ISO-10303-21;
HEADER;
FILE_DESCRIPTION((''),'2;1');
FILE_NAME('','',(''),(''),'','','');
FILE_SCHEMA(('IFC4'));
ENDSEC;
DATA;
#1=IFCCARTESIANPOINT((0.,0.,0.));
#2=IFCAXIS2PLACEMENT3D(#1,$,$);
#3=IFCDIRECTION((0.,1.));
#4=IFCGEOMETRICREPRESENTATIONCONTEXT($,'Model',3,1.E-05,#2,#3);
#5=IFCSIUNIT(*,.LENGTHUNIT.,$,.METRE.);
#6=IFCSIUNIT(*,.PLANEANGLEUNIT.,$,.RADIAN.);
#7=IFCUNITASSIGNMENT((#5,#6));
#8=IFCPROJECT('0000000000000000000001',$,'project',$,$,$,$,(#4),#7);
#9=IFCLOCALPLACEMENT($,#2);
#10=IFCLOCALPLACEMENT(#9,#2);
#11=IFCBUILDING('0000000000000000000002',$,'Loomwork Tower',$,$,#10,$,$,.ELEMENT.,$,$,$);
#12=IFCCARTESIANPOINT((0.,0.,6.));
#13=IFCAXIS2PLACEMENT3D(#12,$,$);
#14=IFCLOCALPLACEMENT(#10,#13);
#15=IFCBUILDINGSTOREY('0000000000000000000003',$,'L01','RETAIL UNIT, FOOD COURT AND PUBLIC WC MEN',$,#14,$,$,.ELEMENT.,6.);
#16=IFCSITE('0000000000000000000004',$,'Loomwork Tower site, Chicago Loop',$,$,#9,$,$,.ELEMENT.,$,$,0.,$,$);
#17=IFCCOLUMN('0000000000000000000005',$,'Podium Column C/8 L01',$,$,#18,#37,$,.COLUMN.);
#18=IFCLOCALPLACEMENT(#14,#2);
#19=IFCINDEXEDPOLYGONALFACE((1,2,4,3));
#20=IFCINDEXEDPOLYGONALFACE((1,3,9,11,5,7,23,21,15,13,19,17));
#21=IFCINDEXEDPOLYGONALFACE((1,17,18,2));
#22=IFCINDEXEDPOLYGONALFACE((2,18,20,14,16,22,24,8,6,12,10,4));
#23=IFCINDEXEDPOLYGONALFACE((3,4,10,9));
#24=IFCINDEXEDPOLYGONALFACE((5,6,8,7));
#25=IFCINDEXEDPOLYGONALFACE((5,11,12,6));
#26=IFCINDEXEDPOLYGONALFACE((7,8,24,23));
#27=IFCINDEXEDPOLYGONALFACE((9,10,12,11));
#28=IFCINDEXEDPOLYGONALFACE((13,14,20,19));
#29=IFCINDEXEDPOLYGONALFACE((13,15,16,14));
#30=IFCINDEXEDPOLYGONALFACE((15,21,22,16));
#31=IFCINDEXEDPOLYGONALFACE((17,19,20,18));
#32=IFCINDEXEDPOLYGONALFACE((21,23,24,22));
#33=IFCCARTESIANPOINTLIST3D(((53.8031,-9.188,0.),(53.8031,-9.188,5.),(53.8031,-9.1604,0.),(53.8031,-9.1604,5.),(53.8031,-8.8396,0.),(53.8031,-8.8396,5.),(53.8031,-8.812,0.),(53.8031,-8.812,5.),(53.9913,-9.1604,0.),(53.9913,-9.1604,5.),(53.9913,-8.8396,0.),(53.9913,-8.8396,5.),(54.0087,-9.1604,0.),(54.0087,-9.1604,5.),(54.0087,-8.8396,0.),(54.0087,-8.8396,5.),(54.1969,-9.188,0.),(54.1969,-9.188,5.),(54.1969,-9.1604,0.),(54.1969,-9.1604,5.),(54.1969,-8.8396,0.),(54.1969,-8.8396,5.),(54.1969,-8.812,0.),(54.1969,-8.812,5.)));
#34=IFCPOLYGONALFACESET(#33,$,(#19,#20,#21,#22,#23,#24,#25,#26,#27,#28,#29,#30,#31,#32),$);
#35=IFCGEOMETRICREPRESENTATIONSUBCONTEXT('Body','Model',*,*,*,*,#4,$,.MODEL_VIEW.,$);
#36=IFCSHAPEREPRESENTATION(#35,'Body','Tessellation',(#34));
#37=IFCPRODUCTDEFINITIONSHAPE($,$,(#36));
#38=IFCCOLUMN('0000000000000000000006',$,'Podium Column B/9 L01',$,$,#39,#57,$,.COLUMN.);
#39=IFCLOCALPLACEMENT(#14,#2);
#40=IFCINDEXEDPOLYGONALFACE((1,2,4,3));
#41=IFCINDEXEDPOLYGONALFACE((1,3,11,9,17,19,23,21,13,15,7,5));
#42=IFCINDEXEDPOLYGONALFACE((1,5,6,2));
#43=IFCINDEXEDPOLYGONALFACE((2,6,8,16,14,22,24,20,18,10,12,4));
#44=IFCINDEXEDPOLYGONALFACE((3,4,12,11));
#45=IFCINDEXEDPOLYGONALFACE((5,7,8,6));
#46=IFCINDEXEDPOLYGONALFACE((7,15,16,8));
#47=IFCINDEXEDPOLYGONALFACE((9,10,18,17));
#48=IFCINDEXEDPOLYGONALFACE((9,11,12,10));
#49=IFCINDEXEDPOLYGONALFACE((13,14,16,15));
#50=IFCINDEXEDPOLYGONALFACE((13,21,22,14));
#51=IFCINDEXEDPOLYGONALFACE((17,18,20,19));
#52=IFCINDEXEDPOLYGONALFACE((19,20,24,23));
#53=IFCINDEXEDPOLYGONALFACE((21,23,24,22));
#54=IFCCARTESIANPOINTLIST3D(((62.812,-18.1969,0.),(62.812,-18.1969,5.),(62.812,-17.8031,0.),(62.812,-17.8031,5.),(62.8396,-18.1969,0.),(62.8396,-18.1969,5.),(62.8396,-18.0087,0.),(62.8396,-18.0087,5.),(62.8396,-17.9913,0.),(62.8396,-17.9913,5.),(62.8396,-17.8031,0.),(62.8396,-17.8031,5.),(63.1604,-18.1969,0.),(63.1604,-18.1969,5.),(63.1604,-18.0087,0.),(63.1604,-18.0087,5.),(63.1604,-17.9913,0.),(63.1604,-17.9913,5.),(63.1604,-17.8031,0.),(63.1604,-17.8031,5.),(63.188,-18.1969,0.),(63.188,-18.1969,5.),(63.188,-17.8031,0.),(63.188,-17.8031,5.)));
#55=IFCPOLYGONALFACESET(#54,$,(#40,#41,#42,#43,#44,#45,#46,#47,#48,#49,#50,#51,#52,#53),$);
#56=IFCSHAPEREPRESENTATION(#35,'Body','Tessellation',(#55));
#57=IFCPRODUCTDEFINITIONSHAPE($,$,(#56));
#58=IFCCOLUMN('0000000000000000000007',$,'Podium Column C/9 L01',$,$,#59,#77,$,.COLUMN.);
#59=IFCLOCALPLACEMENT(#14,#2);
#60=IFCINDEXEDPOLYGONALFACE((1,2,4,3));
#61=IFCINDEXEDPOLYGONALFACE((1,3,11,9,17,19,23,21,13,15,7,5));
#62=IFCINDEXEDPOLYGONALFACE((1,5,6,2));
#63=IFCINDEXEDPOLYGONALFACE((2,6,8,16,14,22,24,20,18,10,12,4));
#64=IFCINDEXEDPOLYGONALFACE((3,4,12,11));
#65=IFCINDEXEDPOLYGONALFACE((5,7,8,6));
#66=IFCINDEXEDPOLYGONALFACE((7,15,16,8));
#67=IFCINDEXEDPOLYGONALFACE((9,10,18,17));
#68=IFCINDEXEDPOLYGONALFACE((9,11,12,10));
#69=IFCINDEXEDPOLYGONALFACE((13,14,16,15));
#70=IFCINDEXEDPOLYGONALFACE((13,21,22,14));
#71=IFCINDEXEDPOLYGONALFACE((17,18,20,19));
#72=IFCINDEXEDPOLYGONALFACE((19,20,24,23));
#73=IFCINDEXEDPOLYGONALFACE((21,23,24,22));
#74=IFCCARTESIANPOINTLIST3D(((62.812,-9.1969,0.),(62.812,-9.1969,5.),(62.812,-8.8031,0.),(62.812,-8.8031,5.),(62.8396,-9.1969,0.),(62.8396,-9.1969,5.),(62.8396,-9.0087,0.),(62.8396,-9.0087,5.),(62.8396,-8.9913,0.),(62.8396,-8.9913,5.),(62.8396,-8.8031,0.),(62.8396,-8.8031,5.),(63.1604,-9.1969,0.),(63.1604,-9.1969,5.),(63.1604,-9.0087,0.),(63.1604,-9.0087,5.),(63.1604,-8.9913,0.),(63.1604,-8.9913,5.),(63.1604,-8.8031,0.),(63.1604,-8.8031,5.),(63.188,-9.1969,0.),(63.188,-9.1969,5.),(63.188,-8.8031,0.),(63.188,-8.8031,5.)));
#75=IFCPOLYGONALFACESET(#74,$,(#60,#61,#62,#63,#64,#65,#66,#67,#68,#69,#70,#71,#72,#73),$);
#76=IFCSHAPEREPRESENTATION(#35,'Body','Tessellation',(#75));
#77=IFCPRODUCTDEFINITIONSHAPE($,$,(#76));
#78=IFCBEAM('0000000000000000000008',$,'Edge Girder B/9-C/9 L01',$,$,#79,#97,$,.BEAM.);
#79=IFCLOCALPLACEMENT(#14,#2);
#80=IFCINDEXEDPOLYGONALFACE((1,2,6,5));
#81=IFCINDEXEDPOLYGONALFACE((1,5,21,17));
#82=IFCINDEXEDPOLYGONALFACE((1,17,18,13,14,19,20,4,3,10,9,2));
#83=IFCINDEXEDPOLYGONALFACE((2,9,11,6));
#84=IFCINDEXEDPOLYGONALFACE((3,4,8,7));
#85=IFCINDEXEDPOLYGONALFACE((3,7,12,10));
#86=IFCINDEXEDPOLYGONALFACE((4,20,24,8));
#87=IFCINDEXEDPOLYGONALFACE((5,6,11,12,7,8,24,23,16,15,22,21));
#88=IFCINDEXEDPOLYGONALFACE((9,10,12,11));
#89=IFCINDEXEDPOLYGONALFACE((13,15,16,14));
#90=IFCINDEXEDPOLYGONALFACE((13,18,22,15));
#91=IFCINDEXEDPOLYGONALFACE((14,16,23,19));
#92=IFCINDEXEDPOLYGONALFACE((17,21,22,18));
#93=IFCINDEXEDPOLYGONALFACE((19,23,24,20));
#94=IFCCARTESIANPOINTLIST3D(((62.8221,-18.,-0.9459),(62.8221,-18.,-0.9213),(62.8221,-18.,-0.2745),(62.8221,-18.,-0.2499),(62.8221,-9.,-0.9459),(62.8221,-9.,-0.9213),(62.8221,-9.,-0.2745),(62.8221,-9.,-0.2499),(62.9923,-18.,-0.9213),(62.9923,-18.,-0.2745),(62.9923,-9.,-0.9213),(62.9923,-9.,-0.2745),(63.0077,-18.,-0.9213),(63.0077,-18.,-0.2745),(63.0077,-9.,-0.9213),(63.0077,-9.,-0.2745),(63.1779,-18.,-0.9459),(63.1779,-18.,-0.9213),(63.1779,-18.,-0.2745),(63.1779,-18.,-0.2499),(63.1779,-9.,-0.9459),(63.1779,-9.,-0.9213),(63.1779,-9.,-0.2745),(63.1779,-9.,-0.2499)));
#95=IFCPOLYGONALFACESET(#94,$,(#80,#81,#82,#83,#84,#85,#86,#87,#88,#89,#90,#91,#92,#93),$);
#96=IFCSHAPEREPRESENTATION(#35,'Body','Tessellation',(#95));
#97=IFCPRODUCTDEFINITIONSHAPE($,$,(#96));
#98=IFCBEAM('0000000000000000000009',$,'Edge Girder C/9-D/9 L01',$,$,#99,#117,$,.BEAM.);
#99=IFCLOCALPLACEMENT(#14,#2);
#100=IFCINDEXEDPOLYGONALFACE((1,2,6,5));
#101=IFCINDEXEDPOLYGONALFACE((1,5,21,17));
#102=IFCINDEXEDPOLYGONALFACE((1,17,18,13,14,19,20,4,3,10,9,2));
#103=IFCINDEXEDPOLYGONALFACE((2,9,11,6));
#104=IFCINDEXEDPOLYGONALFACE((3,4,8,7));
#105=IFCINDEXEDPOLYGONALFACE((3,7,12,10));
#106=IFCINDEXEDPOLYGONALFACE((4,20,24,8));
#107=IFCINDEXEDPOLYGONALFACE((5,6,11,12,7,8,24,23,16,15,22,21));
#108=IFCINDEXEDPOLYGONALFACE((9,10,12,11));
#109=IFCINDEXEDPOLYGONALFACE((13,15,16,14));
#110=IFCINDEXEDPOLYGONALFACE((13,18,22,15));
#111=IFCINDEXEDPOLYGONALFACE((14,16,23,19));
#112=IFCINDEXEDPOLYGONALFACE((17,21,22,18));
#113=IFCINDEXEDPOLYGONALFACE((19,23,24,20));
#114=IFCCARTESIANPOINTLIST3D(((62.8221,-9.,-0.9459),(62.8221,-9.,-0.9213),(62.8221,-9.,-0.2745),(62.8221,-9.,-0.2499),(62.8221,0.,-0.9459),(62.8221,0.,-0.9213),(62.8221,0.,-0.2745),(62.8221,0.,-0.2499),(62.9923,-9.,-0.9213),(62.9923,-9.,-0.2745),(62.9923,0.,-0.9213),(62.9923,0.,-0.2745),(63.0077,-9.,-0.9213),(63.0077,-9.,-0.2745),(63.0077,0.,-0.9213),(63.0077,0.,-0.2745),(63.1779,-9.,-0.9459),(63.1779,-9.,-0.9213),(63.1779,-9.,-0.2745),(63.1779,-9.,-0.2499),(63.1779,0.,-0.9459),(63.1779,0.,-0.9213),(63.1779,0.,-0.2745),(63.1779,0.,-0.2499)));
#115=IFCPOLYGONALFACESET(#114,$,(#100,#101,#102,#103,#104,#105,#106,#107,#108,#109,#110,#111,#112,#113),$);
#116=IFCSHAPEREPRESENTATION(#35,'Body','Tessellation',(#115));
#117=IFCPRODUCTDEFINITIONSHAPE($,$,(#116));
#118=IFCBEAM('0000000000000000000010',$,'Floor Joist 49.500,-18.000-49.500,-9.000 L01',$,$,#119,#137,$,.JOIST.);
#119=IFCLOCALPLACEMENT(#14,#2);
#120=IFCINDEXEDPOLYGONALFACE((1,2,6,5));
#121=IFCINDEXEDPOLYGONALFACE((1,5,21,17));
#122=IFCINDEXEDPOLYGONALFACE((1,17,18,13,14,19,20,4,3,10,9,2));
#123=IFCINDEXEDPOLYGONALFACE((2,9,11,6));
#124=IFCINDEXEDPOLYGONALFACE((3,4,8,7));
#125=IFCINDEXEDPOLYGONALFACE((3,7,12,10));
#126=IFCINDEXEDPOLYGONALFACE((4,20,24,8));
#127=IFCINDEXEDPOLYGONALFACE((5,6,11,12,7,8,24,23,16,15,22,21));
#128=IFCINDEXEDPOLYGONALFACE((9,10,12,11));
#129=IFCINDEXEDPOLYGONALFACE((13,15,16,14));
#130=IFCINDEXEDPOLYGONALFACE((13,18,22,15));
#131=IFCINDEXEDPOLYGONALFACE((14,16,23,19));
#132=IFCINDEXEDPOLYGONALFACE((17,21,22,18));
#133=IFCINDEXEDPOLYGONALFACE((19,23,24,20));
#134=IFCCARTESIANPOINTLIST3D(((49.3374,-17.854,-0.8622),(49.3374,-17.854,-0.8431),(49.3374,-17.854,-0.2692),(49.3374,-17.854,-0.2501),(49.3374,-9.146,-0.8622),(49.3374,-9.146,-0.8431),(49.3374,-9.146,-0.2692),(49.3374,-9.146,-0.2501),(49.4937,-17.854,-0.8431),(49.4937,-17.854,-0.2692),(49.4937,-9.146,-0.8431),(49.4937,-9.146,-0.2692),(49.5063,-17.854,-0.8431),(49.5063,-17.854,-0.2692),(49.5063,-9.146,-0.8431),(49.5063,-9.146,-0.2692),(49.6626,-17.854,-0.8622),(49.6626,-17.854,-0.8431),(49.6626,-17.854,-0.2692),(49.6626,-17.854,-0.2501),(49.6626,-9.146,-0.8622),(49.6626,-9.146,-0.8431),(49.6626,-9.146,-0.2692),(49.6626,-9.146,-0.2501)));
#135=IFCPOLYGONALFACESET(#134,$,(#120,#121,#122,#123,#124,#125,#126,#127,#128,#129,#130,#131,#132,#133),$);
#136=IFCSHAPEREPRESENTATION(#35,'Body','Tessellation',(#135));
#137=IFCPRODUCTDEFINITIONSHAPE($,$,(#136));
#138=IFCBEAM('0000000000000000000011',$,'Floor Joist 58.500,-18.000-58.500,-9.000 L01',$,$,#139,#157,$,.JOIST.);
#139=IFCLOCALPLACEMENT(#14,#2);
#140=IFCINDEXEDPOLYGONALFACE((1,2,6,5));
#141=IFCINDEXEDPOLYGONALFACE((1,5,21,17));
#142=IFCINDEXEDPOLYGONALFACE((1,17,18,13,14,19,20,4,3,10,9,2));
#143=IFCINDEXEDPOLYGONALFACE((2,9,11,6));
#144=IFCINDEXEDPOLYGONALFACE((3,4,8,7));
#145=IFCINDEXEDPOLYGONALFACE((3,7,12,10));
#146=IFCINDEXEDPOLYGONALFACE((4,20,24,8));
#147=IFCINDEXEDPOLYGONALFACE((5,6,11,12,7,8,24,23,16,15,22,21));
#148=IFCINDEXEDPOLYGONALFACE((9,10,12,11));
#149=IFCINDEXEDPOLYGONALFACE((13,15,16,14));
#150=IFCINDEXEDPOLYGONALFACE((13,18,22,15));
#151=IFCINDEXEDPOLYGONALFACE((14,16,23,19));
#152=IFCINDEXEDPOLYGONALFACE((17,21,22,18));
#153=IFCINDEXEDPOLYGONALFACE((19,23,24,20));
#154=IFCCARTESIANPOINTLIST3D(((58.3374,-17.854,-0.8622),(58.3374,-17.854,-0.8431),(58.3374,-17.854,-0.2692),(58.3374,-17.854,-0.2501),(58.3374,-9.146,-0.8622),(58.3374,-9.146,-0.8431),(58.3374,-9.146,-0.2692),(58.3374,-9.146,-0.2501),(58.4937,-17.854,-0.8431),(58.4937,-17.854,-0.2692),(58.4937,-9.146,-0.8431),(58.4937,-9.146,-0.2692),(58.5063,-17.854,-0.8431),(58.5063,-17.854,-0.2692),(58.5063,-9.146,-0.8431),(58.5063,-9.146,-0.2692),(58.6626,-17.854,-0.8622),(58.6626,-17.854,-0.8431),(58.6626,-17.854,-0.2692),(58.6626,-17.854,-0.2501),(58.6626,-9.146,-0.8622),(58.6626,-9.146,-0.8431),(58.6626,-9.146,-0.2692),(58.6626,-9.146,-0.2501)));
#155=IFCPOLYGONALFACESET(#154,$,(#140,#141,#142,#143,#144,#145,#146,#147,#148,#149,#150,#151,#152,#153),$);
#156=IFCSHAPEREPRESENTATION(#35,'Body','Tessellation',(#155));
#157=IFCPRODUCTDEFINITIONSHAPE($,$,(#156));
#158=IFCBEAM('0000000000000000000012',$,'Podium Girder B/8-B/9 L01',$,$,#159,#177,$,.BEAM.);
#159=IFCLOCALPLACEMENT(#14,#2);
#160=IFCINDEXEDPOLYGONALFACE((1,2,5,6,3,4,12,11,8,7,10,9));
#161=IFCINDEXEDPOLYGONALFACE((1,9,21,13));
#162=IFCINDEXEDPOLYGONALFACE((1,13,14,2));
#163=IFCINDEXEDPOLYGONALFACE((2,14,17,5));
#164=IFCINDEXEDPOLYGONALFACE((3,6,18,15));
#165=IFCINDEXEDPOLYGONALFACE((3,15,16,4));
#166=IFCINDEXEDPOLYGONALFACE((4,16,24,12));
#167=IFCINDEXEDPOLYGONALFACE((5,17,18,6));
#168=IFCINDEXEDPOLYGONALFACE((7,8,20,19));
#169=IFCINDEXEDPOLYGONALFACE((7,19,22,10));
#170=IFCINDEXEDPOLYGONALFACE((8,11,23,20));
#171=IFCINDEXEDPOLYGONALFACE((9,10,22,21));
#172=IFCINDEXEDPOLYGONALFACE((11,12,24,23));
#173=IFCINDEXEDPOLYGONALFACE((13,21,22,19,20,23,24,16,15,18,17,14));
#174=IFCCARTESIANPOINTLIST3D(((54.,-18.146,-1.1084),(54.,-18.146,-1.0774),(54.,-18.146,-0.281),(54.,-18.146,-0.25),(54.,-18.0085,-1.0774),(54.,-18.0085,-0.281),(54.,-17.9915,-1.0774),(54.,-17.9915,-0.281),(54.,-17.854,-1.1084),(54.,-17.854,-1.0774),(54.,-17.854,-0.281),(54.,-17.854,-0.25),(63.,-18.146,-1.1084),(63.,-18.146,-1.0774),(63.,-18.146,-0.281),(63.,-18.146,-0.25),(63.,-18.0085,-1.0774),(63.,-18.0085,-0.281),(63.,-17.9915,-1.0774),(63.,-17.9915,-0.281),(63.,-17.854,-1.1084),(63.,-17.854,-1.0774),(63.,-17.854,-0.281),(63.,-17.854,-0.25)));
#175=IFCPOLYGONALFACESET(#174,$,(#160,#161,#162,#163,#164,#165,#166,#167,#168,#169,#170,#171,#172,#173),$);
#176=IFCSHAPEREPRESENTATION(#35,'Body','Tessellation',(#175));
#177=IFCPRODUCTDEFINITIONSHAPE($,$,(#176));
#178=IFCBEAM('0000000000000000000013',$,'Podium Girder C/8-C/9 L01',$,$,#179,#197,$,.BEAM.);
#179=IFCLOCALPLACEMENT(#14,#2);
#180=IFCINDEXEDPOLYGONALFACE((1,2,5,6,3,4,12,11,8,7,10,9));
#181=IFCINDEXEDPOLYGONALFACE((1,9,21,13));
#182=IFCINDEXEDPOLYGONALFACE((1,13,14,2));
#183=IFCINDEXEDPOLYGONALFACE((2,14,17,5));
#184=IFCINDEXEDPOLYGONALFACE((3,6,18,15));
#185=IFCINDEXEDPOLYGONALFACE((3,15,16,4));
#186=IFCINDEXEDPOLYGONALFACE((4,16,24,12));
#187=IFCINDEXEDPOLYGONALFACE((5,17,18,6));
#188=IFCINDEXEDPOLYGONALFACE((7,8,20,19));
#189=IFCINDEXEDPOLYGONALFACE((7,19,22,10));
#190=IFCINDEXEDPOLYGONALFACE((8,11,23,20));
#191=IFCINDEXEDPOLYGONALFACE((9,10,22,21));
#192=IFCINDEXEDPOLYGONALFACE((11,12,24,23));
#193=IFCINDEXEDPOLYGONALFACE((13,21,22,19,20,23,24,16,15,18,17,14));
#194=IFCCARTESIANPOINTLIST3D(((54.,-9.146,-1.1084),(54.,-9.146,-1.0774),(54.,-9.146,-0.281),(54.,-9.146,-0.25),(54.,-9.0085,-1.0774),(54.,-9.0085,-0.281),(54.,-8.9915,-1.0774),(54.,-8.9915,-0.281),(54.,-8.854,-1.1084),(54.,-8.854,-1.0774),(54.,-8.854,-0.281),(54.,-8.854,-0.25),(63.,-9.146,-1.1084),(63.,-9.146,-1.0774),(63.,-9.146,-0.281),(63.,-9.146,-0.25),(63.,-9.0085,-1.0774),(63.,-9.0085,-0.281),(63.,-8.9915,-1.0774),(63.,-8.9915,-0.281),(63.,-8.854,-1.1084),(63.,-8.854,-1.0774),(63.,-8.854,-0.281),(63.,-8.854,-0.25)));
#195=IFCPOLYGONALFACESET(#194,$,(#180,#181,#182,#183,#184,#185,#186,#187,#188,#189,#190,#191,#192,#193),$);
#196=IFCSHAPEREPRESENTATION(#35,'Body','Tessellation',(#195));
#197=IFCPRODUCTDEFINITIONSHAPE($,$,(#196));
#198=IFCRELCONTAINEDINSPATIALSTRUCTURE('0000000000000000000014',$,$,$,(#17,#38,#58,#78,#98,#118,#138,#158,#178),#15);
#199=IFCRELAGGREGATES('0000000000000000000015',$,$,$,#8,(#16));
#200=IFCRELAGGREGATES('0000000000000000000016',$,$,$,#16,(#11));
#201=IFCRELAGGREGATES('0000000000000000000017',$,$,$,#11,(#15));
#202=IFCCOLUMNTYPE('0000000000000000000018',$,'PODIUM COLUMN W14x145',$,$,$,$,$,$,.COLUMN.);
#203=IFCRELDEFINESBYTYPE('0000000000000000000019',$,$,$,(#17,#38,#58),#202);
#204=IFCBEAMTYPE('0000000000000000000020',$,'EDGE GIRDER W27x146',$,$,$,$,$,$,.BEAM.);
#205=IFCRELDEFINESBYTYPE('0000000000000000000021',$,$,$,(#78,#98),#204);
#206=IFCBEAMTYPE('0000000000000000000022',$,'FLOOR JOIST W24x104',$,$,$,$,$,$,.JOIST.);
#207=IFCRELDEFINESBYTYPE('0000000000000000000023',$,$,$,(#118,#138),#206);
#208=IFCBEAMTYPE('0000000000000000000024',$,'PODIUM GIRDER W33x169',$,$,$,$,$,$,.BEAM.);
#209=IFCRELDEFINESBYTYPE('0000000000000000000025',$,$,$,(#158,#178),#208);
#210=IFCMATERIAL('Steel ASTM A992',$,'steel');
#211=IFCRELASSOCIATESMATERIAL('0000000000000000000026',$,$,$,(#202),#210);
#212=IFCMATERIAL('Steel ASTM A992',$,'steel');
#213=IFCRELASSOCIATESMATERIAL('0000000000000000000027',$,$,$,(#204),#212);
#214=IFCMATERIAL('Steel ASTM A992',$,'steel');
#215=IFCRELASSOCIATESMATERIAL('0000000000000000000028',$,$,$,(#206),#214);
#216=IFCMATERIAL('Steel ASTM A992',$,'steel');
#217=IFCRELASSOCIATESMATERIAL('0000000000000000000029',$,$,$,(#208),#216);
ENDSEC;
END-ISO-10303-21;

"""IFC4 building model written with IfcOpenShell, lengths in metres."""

from ifc_helpers import new_model, si_unit, direction, frame, origin, origin_2d, place, context, subcontext, project, spatial, i_section, extrude, material, material_profile, profile_set, type_object, element, save


model = new_model("IFC4")

# Units and contexts
model_context = context("Model", 3, precision=1e-05, world=origin(), true_north=direction((0.0, 1.0)))
body_context = subcontext(model_context, "Body", "Model", "MODEL_VIEW")
ifc_project = project(units=[si_unit("LENGTHUNIT", "METRE"), si_unit("PLANEANGLEUNIT", "RADIAN")], contexts=[model_context])

# Site, building, storey
site_placement = place(None, origin())
site = spatial("IfcSite", under=ifc_project, at=site_placement, Name="Loomwork Tower site, Chicago Loop", CompositionType="ELEMENT", RefElevation=0.0)
building_placement = place(site_placement, origin())
building = spatial("IfcBuilding", under=site, at=building_placement, Name="Loomwork Tower", CompositionType="ELEMENT")
storey_placement = place(building_placement, frame((0.0, 0.0, 6.0)))
storey = spatial("IfcBuildingStorey", under=building, at=storey_placement, Name="L01", Description="RETAIL UNIT, FOOD COURT AND PUBLIC WC MEN", CompositionType="ELEMENT", Elevation=6.0)

# Columns
ifc_material_1 = material(Name="Steel ASTM A992", Category="steel")
ifc_material_profile_1 = material_profile(ifc_material_1, i_section(OverallWidth=0.3938, OverallDepth=0.376, WebThickness=0.0173, FlangeThickness=0.0276, at=origin_2d()), Name="W14x145")
ifc_profile_set_1 = profile_set([ifc_material_profile_1], Name="Steel ASTM A992")
column_type = type_object("IfcColumnType", Name="PODIUM COLUMN W14x145", PredefinedType="COLUMN", material=ifc_profile_set_1)
for number, where, z_axis, x_axis, name in (
    (1, (54.0, -9.0, 0.0), (0.0, 0.0, 1.0), (1.0, 0.0, 0.0), "Podium Column C/8 L01"),
    (2, (63.0, -18.0, 0.0), (0.0, 0.0, 1.0), (0.0, 1.0, 0.0), "Podium Column B/9 L01"),
    (3, (63.0, -9.0, 0.0), (0.0, 0.0, 1.0), (0.0, 1.0, 0.0), "Podium Column C/9 L01"),
):
    element("IfcColumn", number, at=place(storey_placement, frame(where, z_axis=z_axis, x_axis=x_axis)), inside=storey, type_object=column_type, Name=name, PredefinedType="COLUMN", context=body_context, shape_type="SweptSolid", body=[
        extrude(i_section(OverallWidth=0.3938, OverallDepth=0.376, WebThickness=0.0173, FlangeThickness=0.0276, at=origin_2d()), origin(), (0.0, 0.0, 1.0), 5.0),
    ])

# Beams
ifc_material_2 = material(Name="Steel ASTM A992", Category="steel")
ifc_material_profile_2 = material_profile(ifc_material_2, i_section(OverallWidth=0.3557, OverallDepth=0.696, WebThickness=0.0154, FlangeThickness=0.0247, at=origin_2d()), Name="W27x146")
ifc_profile_set_2 = profile_set([ifc_material_profile_2], Name="Steel ASTM A992")
beam_type_1 = type_object("IfcBeamType", Name="EDGE GIRDER W27x146", PredefinedType="BEAM", material=ifc_profile_set_2)
for number, where, z_axis, x_axis, name in (
    (4, (63.0, -18.0, -0.5979), (0.0, 1.0, 0.0), (-1.0, 0.0, 0.0), "Edge Girder B/9-C/9 L01"),
    (5, (63.0, -9.0, -0.5979), (0.0, 1.0, 0.0), (-1.0, 0.0, 0.0), "Edge Girder C/9-D/9 L01"),
):
    element("IfcBeam", number, at=place(storey_placement, frame(where, z_axis=z_axis, x_axis=x_axis)), inside=storey, type_object=beam_type_1, Name=name, PredefinedType="BEAM", context=body_context, shape_type="SweptSolid", body=[
        extrude(i_section(OverallWidth=0.3557, OverallDepth=0.696, WebThickness=0.0154, FlangeThickness=0.0247, at=origin_2d()), origin(), (0.0, 0.0, 1.0), 9.0),
    ])
ifc_material_3 = material(Name="Steel ASTM A992", Category="steel")
ifc_material_profile_3 = material_profile(ifc_material_3, i_section(OverallWidth=0.3252, OverallDepth=0.6121, WebThickness=0.0127, FlangeThickness=0.019, at=origin_2d()), Name="W24x104")
ifc_profile_set_3 = profile_set([ifc_material_profile_3], Name="Steel ASTM A992")
beam_type_2 = type_object("IfcBeamType", Name="FLOOR JOIST W24x104", PredefinedType="JOIST", material=ifc_profile_set_3)
for number, where, z_axis, x_axis, name in (
    (6, (49.5, -17.854, -0.5562), (0.0, 1.0, 0.0), (-1.0, 0.0, 0.0), "Floor Joist 49.500,-18.000-49.500,-9.000 L01"),
    (7, (58.5, -17.854, -0.5562), (0.0, 1.0, 0.0), (-1.0, 0.0, 0.0), "Floor Joist 58.500,-18.000-58.500,-9.000 L01"),
):
    element("IfcBeam", number, at=place(storey_placement, frame(where, z_axis=z_axis, x_axis=x_axis)), inside=storey, type_object=beam_type_2, Name=name, PredefinedType="JOIST", context=body_context, shape_type="SweptSolid", body=[
        extrude(i_section(OverallWidth=0.3252, OverallDepth=0.6121, WebThickness=0.0127, FlangeThickness=0.019, at=origin_2d()), origin(), (0.0, 0.0, 1.0), 8.708),
    ])
ifc_material_4 = material(Name="Steel ASTM A992", Category="steel")
ifc_material_profile_4 = material_profile(ifc_material_4, i_section(OverallWidth=0.292, OverallDepth=0.8584, WebThickness=0.0171, FlangeThickness=0.031, at=origin_2d()), Name="W33x169")
ifc_profile_set_4 = profile_set([ifc_material_profile_4], Name="Steel ASTM A992")
beam_type_3 = type_object("IfcBeamType", Name="PODIUM GIRDER W33x169", PredefinedType="BEAM", material=ifc_profile_set_4)
for number, where, z_axis, x_axis, name in (
    (8, (54.0, -18.0, -0.6792), (1.0, 0.0, 0.0), (0.0, 1.0, 0.0), "Podium Girder B/8-B/9 L01"),
    (9, (54.0, -9.0, -0.6792), (1.0, 0.0, 0.0), (0.0, 1.0, 0.0), "Podium Girder C/8-C/9 L01"),
):
    element("IfcBeam", number, at=place(storey_placement, frame(where, z_axis=z_axis, x_axis=x_axis)), inside=storey, type_object=beam_type_3, Name=name, PredefinedType="BEAM", context=body_context, shape_type="SweptSolid", body=[
        extrude(i_section(OverallWidth=0.292, OverallDepth=0.8584, WebThickness=0.0171, FlangeThickness=0.031, at=origin_2d()), origin(), (0.0, 0.0, 1.0), 9.0),
    ])

save(model, "model.ifc")
